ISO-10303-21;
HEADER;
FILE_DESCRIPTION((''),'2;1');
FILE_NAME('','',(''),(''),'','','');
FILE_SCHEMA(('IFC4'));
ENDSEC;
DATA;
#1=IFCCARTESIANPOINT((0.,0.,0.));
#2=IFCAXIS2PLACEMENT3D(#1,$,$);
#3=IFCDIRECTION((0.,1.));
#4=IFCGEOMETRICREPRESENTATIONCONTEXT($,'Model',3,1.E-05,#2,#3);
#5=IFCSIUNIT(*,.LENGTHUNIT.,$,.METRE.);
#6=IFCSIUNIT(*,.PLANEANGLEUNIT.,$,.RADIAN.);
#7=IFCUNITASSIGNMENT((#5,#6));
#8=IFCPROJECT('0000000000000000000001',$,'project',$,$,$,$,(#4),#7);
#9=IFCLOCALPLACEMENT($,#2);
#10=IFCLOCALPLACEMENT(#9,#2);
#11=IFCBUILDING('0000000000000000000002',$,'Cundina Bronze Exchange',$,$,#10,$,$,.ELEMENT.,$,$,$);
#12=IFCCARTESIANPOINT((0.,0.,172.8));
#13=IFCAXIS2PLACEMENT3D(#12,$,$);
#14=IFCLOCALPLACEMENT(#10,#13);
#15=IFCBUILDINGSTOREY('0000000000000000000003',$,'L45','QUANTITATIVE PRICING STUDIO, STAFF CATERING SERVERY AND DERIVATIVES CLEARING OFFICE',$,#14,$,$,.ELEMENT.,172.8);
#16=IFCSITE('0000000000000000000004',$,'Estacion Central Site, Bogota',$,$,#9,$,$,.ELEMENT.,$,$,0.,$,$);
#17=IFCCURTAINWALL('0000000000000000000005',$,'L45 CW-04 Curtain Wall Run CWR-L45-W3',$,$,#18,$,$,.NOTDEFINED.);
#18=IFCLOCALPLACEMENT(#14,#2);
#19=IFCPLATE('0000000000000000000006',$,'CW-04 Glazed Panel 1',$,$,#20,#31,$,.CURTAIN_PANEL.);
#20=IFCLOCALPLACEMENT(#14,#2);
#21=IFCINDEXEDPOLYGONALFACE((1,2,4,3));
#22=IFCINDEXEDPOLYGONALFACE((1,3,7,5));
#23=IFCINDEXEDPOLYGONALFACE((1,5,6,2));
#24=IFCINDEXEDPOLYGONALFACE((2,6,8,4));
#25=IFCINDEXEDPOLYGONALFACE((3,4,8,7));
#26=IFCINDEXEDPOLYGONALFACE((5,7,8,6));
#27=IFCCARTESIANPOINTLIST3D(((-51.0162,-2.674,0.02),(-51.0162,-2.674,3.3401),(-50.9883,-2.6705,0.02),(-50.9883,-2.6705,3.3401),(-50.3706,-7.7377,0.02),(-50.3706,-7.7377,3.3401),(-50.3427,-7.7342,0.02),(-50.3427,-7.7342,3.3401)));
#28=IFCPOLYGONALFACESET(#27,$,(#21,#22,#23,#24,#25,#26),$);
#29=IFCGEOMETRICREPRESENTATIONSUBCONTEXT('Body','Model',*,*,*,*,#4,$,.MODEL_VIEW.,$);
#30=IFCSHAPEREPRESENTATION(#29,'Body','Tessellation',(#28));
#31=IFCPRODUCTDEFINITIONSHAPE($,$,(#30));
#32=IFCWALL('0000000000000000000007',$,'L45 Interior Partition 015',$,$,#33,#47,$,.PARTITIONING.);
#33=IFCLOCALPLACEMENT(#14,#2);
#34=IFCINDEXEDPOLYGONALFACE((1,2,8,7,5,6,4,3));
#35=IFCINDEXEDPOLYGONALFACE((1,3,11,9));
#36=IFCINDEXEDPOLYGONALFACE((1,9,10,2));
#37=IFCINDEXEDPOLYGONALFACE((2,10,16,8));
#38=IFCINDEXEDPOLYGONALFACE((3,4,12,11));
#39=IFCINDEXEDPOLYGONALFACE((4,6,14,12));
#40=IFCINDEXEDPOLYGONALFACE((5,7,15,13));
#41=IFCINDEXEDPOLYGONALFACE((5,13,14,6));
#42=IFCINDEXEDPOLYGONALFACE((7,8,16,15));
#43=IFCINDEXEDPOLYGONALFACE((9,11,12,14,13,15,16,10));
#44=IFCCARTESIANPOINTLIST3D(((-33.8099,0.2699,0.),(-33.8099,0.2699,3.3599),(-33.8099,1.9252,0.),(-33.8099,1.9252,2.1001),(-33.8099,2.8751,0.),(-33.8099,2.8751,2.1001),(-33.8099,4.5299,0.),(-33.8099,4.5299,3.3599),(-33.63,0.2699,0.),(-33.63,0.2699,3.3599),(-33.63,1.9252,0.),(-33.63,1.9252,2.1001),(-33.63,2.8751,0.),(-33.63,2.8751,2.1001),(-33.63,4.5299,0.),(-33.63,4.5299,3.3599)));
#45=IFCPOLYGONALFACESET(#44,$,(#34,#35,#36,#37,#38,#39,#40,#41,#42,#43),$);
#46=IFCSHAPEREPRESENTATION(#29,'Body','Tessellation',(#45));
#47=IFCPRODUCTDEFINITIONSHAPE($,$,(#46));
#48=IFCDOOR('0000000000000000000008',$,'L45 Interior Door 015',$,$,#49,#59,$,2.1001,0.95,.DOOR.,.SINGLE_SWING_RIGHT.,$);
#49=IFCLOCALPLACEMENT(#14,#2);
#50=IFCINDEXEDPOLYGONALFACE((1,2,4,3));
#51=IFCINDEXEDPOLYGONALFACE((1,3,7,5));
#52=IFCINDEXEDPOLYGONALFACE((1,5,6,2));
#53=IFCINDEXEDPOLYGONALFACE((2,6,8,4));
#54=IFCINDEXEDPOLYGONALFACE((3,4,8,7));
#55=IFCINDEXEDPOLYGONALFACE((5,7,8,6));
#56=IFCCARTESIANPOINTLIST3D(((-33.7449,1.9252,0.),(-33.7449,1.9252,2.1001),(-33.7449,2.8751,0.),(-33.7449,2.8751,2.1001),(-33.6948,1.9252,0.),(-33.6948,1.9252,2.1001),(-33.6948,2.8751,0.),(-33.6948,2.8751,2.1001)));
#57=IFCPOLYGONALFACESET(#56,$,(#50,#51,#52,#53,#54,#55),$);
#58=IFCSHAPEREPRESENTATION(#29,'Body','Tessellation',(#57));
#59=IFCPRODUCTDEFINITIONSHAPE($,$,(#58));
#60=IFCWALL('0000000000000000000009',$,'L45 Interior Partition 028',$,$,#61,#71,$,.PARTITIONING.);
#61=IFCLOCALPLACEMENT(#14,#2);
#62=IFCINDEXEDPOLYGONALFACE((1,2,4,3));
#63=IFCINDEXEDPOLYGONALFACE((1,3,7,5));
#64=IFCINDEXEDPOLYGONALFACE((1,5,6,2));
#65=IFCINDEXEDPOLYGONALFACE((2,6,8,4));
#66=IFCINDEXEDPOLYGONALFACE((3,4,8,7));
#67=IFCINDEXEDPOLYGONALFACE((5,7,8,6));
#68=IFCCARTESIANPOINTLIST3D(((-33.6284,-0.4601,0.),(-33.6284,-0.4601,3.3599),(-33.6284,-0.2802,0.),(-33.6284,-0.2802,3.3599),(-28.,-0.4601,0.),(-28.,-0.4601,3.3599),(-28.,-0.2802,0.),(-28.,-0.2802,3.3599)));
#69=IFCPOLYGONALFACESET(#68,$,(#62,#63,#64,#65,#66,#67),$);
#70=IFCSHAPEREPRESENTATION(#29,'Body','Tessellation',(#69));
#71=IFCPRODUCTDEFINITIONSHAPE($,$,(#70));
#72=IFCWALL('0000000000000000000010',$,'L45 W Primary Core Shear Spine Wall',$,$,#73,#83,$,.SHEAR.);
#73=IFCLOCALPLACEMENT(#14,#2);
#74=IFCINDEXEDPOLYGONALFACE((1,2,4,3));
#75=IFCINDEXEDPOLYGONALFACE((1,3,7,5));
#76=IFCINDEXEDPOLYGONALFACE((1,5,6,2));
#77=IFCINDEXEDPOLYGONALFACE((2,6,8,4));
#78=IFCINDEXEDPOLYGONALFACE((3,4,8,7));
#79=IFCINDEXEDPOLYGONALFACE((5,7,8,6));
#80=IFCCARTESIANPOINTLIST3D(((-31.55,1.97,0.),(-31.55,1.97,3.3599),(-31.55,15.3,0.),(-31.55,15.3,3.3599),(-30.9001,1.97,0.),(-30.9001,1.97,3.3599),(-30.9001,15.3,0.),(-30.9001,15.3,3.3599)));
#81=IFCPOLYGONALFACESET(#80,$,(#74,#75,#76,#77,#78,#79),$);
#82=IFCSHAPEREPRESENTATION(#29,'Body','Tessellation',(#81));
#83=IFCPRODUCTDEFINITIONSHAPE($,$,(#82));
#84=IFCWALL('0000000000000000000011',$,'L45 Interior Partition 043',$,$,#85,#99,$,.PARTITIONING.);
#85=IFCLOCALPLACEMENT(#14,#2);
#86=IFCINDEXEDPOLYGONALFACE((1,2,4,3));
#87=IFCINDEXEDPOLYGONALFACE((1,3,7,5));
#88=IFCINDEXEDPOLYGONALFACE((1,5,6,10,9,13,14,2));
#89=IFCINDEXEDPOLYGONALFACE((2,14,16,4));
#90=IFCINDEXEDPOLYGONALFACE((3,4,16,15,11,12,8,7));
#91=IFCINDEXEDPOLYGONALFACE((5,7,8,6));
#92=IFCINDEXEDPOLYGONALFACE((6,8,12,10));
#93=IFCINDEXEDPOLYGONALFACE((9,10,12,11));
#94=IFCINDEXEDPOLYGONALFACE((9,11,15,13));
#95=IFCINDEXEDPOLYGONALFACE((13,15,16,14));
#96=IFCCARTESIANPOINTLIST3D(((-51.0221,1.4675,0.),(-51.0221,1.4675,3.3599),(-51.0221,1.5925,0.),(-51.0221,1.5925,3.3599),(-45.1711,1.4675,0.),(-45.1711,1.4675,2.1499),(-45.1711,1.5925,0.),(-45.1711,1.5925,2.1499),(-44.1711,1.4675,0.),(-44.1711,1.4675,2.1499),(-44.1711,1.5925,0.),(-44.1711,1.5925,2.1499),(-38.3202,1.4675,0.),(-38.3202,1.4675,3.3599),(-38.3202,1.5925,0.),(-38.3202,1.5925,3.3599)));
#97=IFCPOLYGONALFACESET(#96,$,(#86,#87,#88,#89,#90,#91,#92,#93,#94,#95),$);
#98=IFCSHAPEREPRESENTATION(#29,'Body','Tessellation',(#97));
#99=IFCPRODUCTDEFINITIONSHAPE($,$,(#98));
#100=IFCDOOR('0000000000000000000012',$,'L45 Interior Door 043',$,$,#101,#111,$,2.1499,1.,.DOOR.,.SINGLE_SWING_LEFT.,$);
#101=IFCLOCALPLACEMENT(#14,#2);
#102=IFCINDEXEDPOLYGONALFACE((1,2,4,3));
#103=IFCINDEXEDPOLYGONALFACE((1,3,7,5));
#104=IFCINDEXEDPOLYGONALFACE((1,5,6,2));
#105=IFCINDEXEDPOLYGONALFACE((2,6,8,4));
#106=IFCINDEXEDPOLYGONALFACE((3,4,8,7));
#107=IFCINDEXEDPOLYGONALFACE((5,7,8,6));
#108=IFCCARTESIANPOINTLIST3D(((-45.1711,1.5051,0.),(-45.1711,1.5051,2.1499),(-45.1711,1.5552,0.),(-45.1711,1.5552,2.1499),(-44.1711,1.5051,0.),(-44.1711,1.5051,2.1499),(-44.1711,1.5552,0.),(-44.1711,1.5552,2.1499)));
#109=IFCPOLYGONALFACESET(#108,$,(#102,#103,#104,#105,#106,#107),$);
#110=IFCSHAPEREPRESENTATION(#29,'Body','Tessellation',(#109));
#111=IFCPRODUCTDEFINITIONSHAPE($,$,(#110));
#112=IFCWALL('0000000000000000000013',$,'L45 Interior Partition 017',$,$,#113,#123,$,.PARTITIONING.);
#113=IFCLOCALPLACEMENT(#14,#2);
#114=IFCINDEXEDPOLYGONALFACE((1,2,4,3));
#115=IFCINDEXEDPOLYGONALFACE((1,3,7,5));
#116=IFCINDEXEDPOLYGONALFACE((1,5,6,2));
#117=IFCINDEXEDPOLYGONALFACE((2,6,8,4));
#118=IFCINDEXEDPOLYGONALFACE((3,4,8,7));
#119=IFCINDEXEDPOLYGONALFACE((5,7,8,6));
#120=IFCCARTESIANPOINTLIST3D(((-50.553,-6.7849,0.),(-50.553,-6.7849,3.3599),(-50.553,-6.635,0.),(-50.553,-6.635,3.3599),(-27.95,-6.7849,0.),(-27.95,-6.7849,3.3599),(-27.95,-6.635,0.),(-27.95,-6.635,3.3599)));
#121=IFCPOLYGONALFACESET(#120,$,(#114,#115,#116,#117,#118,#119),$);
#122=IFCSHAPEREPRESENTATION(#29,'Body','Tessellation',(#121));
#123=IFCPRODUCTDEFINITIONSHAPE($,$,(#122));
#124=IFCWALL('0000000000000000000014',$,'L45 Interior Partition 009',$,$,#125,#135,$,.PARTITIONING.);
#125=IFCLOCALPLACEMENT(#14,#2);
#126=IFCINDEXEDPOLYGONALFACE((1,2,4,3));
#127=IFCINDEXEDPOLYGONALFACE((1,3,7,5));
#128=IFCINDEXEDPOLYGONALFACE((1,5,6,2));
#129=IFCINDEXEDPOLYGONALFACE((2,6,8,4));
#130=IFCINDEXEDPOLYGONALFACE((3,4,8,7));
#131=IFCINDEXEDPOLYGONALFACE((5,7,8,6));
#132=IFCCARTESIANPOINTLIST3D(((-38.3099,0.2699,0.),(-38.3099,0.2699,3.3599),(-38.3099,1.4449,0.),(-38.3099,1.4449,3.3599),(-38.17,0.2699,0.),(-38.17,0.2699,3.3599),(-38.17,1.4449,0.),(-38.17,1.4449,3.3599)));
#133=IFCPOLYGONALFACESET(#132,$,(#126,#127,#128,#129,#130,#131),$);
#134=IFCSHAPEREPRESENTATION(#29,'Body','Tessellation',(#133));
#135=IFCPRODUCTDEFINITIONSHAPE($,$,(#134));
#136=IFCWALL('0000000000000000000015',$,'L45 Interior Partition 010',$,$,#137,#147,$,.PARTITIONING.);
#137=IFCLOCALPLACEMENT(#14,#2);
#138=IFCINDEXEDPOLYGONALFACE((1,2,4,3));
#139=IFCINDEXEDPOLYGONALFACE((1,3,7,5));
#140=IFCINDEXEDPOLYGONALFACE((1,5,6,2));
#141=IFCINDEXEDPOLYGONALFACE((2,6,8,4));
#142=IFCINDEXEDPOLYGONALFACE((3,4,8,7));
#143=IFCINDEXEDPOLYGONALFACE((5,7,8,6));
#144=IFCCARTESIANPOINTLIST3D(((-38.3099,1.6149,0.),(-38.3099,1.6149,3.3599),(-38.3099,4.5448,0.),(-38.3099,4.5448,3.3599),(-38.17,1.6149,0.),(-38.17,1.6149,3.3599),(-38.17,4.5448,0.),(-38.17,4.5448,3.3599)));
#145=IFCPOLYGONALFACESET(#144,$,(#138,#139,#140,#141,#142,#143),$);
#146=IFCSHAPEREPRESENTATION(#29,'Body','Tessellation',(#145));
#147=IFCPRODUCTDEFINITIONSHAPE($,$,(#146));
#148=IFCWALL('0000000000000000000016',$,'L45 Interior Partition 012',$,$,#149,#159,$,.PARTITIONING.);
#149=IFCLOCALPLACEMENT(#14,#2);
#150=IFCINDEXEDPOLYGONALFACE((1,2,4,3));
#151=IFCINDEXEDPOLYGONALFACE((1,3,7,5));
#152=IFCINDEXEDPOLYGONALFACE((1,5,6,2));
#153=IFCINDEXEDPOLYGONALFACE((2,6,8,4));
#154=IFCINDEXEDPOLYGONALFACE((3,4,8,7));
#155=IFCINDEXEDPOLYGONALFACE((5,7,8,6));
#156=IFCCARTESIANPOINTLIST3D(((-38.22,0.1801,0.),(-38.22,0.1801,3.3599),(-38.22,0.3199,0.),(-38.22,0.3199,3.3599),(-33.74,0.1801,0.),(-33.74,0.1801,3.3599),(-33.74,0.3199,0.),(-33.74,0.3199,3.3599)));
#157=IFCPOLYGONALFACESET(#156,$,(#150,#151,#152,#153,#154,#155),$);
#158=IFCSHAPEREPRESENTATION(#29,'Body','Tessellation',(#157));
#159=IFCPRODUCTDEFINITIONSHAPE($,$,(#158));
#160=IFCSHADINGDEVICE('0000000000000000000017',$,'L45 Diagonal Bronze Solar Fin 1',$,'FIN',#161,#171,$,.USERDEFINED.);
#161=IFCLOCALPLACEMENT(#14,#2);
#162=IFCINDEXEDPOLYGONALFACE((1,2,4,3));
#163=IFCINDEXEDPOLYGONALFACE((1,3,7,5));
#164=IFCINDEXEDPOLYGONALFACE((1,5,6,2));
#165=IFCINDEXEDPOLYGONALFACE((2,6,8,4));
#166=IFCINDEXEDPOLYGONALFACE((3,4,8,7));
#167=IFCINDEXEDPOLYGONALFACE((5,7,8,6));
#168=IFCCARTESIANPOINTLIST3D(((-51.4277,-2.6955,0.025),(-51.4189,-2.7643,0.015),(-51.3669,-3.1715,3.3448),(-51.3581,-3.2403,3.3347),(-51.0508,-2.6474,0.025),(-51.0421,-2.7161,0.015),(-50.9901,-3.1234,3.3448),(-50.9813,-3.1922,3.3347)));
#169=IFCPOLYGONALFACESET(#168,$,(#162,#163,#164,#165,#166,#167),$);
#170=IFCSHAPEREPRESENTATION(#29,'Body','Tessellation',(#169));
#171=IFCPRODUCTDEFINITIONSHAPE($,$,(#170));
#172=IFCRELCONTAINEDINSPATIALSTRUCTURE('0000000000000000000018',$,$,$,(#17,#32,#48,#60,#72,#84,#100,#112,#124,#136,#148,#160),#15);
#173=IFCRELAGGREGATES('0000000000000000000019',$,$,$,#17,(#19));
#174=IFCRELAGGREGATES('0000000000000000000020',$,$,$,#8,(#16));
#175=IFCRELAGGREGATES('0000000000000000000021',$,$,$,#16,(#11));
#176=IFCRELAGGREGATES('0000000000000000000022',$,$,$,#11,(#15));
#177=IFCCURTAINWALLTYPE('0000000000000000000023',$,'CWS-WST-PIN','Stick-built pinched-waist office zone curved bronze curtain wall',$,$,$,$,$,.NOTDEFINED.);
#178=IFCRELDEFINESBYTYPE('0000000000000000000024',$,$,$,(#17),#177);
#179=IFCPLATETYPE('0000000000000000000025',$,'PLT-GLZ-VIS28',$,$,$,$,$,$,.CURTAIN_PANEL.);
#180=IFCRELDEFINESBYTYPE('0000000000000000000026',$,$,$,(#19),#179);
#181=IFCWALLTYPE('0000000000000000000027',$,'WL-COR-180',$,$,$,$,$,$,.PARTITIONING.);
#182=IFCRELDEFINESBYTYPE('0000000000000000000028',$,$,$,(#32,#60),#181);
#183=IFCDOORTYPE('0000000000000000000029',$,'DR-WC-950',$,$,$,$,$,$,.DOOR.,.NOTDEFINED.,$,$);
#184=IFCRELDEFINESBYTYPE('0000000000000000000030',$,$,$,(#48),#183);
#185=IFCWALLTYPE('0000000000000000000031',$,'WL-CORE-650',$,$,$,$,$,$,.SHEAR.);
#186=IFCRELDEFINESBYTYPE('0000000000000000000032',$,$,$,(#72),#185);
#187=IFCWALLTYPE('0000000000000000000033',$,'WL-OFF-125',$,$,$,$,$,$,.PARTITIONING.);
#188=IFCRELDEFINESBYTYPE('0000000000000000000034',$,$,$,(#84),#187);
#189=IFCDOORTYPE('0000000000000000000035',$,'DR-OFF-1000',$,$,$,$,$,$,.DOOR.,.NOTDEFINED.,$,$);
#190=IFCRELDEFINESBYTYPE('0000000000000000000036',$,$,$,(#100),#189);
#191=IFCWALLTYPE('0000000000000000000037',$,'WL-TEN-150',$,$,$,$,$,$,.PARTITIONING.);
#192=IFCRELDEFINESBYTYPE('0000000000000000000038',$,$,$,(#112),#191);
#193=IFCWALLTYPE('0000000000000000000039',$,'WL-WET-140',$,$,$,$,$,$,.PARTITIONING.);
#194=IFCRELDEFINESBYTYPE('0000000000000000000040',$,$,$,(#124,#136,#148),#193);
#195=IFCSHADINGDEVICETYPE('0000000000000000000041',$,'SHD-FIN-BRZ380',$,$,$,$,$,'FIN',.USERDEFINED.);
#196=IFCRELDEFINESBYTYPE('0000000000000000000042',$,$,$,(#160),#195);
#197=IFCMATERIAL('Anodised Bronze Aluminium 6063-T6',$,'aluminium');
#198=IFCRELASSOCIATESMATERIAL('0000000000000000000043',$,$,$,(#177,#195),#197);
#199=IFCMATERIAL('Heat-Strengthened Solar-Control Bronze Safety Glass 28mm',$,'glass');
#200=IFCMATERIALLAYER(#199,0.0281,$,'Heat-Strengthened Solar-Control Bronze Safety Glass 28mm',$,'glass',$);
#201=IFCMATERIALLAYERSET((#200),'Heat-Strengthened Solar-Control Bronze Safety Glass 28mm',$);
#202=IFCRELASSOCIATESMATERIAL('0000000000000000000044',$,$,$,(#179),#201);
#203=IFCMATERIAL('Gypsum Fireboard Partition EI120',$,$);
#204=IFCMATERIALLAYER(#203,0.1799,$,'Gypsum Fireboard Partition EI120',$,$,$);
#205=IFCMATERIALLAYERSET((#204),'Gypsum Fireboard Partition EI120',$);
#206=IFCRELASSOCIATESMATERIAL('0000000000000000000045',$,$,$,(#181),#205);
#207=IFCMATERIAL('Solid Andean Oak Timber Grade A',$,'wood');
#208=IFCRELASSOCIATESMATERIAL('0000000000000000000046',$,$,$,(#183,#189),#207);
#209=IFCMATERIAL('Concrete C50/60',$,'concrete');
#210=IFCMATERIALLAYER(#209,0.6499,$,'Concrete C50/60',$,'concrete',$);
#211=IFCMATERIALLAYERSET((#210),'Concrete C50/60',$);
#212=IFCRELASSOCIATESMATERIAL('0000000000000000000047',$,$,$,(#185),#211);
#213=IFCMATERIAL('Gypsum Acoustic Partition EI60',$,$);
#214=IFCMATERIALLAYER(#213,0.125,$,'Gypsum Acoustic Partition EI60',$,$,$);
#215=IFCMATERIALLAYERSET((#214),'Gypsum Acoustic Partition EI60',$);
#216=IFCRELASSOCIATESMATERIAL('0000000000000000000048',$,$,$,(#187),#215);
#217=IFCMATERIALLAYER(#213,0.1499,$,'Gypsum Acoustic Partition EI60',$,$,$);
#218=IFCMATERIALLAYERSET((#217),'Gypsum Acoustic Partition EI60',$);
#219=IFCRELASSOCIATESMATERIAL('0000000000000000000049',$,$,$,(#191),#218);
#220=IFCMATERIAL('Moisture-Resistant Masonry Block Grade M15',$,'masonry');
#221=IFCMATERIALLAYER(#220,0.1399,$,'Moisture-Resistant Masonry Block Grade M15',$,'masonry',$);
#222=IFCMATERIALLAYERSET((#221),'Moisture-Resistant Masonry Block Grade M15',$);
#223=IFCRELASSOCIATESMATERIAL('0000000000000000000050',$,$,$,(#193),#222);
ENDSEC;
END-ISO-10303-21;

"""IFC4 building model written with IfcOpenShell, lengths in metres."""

from ifc_helpers import new_model, si_unit, direction, frame, frame_2d, origin, origin_2d, place, context, subcontext, project, spatial, rectangle, extrude, material, layer, layer_set, material_profile, profile_set, type_object, element, fill, aggregate, save


model = new_model("IFC4")

# Units and contexts
model_context = context("Model", 3, precision=1e-05, world=origin(), true_north=direction((0.0, 1.0)))
body_context = subcontext(model_context, "Body", "Model", "MODEL_VIEW")
ifc_project = project(units=[si_unit("LENGTHUNIT", "METRE"), si_unit("PLANEANGLEUNIT", "RADIAN")], contexts=[model_context])

# Site, building, storey
site_placement = place(None, origin())
site = spatial("IfcSite", under=ifc_project, at=site_placement, Name="Estacion Central Site, Bogota", CompositionType="ELEMENT", RefElevation=0.0)
building_placement = place(site_placement, origin())
building = spatial("IfcBuilding", under=site, at=building_placement, Name="Cundina Bronze Exchange", CompositionType="ELEMENT")
storey_placement = place(building_placement, frame((0.0, 0.0, 172.8)))
storey = spatial("IfcBuildingStorey", under=building, at=storey_placement, Name="L45", Description="QUANTITATIVE PRICING STUDIO, STAFF CATERING SERVERY AND DERIVATIVES CLEARING OFFICE", CompositionType="ELEMENT", Elevation=172.8)

# Shared definitions
ifc_material_1 = material(Name="Concrete C50/60", Category="concrete")

# Curtain wall
ifc_material_2 = material(Name="Anodised Bronze Aluminium 6063-T6", Category="aluminium")
curtain_wall_type = type_object("IfcCurtainWallType", Name="CWS-WST-PIN", Description="Stick-built pinched-waist office zone curved bronze curtain wall", PredefinedType="NOTDEFINED", material=ifc_material_2)
curtain_wall_1_placement = place(storey_placement, origin())
curtain_wall_1 = element("IfcCurtainWall", 1, at=curtain_wall_1_placement, inside=storey, type_object=curtain_wall_type, Name="L45 CW-04 Curtain Wall Run CWR-L45-W3", PredefinedType="NOTDEFINED")

# Plate
ifc_material_3 = material(Name="Heat-Strengthened Solar-Control Bronze Safety Glass 28mm", Category="glass")
ifc_layer_1 = layer(ifc_material_3, 0.0281, Name="Heat-Strengthened Solar-Control Bronze Safety Glass 28mm", Category="glass")
ifc_layer_set_1 = layer_set([ifc_layer_1], Name="Heat-Strengthened Solar-Control Bronze Safety Glass 28mm")
plate_type = type_object("IfcPlateType", Name="PLT-GLZ-VIS28", PredefinedType="CURTAIN_PANEL", material=ifc_layer_set_1)
plate_1_placement = place(storey_placement, frame((-50.6794, -5.2041, 0.02), z_axis=(0.0, 0.0, 1.0), x_axis=(0.126476, -0.99197, 0.0)))
plate_1 = element("IfcPlate", 2, at=plate_1_placement, type_object=plate_type, Name="CW-04 Glazed Panel 1", PredefinedType="CURTAIN_PANEL", context=body_context, shape_type="SweptSolid", body=[
    extrude(rectangle(XDim=5.1047, YDim=0.0281, at=origin_2d()), origin(), (0.0, 0.0, 1.0), 3.3201),
])
aggregate(curtain_wall_1, [plate_1])

# Wall, opening, door
ifc_material_4 = material(Name="Gypsum Fireboard Partition EI120")
ifc_layer_2 = layer(ifc_material_4, 0.1799, Name="Gypsum Fireboard Partition EI120")
ifc_layer_set_2 = layer_set([ifc_layer_2], Name="Gypsum Fireboard Partition EI120")
wall_type_1 = type_object("IfcWallType", Name="WL-COR-180", PredefinedType="PARTITIONING", material=ifc_layer_set_2)
wall_1_placement = place(storey_placement, frame((-33.72, 0.27, 0.0), z_axis=(0.0, 0.0, 1.0), x_axis=(0.0, 1.0, 0.0)))
wall_1 = element("IfcWall", 3, at=wall_1_placement, inside=storey, type_object=wall_type_1, Name="L45 Interior Partition 015", PredefinedType="PARTITIONING", context=body_context, shape_type="SweptSolid", body=[
    extrude(rectangle(XDim=4.26, YDim=0.1799, at=frame_2d((2.1299, 0.0))), origin(), (0.0, 0.0, 1.0), 3.3599),
])
opening_1_placement = place(wall_1_placement, frame((1.655, 0.0, 0.0)))
opening_1 = element("IfcOpeningElement", 4, at=opening_1_placement, cuts=wall_1, PredefinedType="OPENING", context=body_context, shape_type="SweptSolid", body=[
    extrude(rectangle(XDim=0.95, YDim=2.1001, at=frame_2d((0.4751, 1.05))), frame((0.0, 0.0999, 0.0), z_axis=(0.0, -1.0, 0.0), x_axis=(1.0, 0.0, 0.0)), (0.0, 0.0, 1.0), 0.2),
])
ifc_material_5 = material(Name="Solid Andean Oak Timber Grade A", Category="wood")
door_type_1 = type_object("IfcDoorType", Name="DR-WC-950", OperationType="NOTDEFINED", PredefinedType="DOOR", material=ifc_material_5)
door_1_placement = place(opening_1_placement, origin())
door_1 = element("IfcDoor", 5, at=door_1_placement, inside=storey, type_object=door_type_1, Name="L45 Interior Door 015", OperationType="SINGLE_SWING_RIGHT", OverallHeight=2.1001, OverallWidth=0.95, PredefinedType="DOOR", context=body_context, shape_type="SweptSolid", body=[
    extrude(rectangle(XDim=0.95, YDim=2.1001, at=frame_2d((0.4751, 1.05))), frame((0.0, 0.0249, 0.0), z_axis=(0.0, -1.0, 0.0), x_axis=(1.0, 0.0, 0.0)), (0.0, 0.0, 1.0), 0.05),
])
fill(opening_1, door_1)

# Walls
wall_2_placement = place(storey_placement, frame((-33.6284, -0.3701, 0.0), z_axis=(0.0, 0.0, 1.0), x_axis=(1.0, 0.0, 0.0)))
element("IfcWall", 6, at=wall_2_placement, inside=storey, type_object=wall_type_1, Name="L45 Interior Partition 028", PredefinedType="PARTITIONING", context=body_context, shape_type="SweptSolid", body=[
    extrude(rectangle(XDim=5.6284, YDim=0.1799, at=frame_2d((2.8142, 0.0))), origin(), (0.0, 0.0, 1.0), 3.3599),
])
ifc_layer_3 = layer(ifc_material_1, 0.6499, Name="Concrete C50/60", Category="concrete")
ifc_layer_set_3 = layer_set([ifc_layer_3], Name="Concrete C50/60")
wall_type_2 = type_object("IfcWallType", Name="WL-CORE-650", PredefinedType="SHEAR", material=ifc_layer_set_3)
wall_3_placement = place(storey_placement, frame((-31.2251, 1.97, 0.0), z_axis=(0.0, 0.0, 1.0), x_axis=(0.0, 1.0, 0.0)))
element("IfcWall", 7, at=wall_3_placement, inside=storey, type_object=wall_type_2, Name="L45 W Primary Core Shear Spine Wall", PredefinedType="SHEAR", context=body_context, shape_type="SweptSolid", body=[
    extrude(rectangle(XDim=13.3301, YDim=0.6499, at=frame_2d((6.665, 0.0))), origin(), (0.0, 0.0, 1.0), 3.3599),
])

# Wall, opening, door
ifc_material_6 = material(Name="Gypsum Acoustic Partition EI60")
ifc_layer_4 = layer(ifc_material_6, 0.125, Name="Gypsum Acoustic Partition EI60")
ifc_layer_set_4 = layer_set([ifc_layer_4], Name="Gypsum Acoustic Partition EI60")
wall_type_3 = type_object("IfcWallType", Name="WL-OFF-125", PredefinedType="PARTITIONING", material=ifc_layer_set_4)
wall_4_placement = place(storey_placement, frame((-38.3201, 1.53, 0.0), z_axis=(0.0, 0.0, 1.0), x_axis=(-1.0, 0.0, 0.0)))
wall_4 = element("IfcWall", 8, at=wall_4_placement, inside=storey, type_object=wall_type_3, Name="L45 Interior Partition 043", PredefinedType="PARTITIONING", context=body_context, shape_type="SweptSolid", body=[
    extrude(rectangle(XDim=12.7019, YDim=0.125, at=frame_2d((6.3511, 0.0))), origin(), (0.0, 0.0, 1.0), 3.3599),
])
opening_2_placement = place(wall_4_placement, frame((5.8511, 0.0, 0.0)))
opening_2 = element("IfcOpeningElement", 9, at=opening_2_placement, cuts=wall_4, PredefinedType="OPENING", context=body_context, shape_type="SweptSolid", body=[
    extrude(rectangle(XDim=1.0, YDim=2.1499, at=frame_2d((0.5, 1.075))), frame((0.0, 0.0725, 0.0), z_axis=(0.0, -1.0, 0.0), x_axis=(1.0, 0.0, 0.0)), (0.0, 0.0, 1.0), 0.145),
])
door_type_2 = type_object("IfcDoorType", Name="DR-OFF-1000", OperationType="NOTDEFINED", PredefinedType="DOOR", material=ifc_material_5)
door_2_placement = place(opening_2_placement, origin())
door_2 = element("IfcDoor", 10, at=door_2_placement, inside=storey, type_object=door_type_2, Name="L45 Interior Door 043", OperationType="SINGLE_SWING_LEFT", OverallHeight=2.1499, OverallWidth=1.0, PredefinedType="DOOR", context=body_context, shape_type="SweptSolid", body=[
    extrude(rectangle(XDim=1.0, YDim=2.1499, at=frame_2d((0.5, 1.075))), frame((0.0, 0.0249, 0.0), z_axis=(0.0, -1.0, 0.0), x_axis=(1.0, 0.0, 0.0)), (0.0, 0.0, 1.0), 0.05),
])
fill(opening_2, door_2)

# Walls
ifc_layer_5 = layer(ifc_material_6, 0.1499, Name="Gypsum Acoustic Partition EI60")
ifc_layer_set_5 = layer_set([ifc_layer_5], Name="Gypsum Acoustic Partition EI60")
wall_type_4 = type_object("IfcWallType", Name="WL-TEN-150", PredefinedType="PARTITIONING", material=ifc_layer_set_5)
wall_5_placement = place(storey_placement, frame((-50.553, -6.71, 0.0), z_axis=(0.0, 0.0, 1.0), x_axis=(1.0, 0.0, 0.0)))
element("IfcWall", 11, at=wall_5_placement, inside=storey, type_object=wall_type_4, Name="L45 Interior Partition 017", PredefinedType="PARTITIONING", context=body_context, shape_type="SweptSolid", body=[
    extrude(rectangle(XDim=22.603, YDim=0.1499, at=frame_2d((11.3015, 0.0))), origin(), (0.0, 0.0, 1.0), 3.3599),
])
ifc_material_7 = material(Name="Moisture-Resistant Masonry Block Grade M15", Category="masonry")
ifc_layer_6 = layer(ifc_material_7, 0.1399, Name="Moisture-Resistant Masonry Block Grade M15", Category="masonry")
ifc_layer_set_6 = layer_set([ifc_layer_6], Name="Moisture-Resistant Masonry Block Grade M15")
wall_type_5 = type_object("IfcWallType", Name="WL-WET-140", PredefinedType="PARTITIONING", material=ifc_layer_set_6)
wall_6_placement = place(storey_placement, frame((-38.24, 0.27, 0.0), z_axis=(0.0, 0.0, 1.0), x_axis=(0.0, 1.0, 0.0)))
element("IfcWall", 12, at=wall_6_placement, inside=storey, type_object=wall_type_5, Name="L45 Interior Partition 009", PredefinedType="PARTITIONING", context=body_context, shape_type="SweptSolid", body=[
    extrude(rectangle(XDim=1.175, YDim=0.1399, at=frame_2d((0.5874, 0.0))), origin(), (0.0, 0.0, 1.0), 3.3599),
])
wall_7_placement = place(storey_placement, frame((-38.24, 1.615, 0.0), z_axis=(0.0, 0.0, 1.0), x_axis=(0.0, 1.0, 0.0)))
element("IfcWall", 13, at=wall_7_placement, inside=storey, type_object=wall_type_5, Name="L45 Interior Partition 010", PredefinedType="PARTITIONING", context=body_context, shape_type="SweptSolid", body=[
    extrude(rectangle(XDim=2.9299, YDim=0.1399, at=frame_2d((1.4648, 0.0))), origin(), (0.0, 0.0, 1.0), 3.3599),
])
wall_8_placement = place(storey_placement, frame((-38.22, 0.25, 0.0), z_axis=(0.0, 0.0, 1.0), x_axis=(1.0, 0.0, 0.0)))
element("IfcWall", 14, at=wall_8_placement, inside=storey, type_object=wall_type_5, Name="L45 Interior Partition 012", PredefinedType="PARTITIONING", context=body_context, shape_type="SweptSolid", body=[
    extrude(rectangle(XDim=4.48, YDim=0.1399, at=frame_2d((2.24, 0.0))), origin(), (0.0, 0.0, 1.0), 3.3599),
])

# Shading device
ifc_material_profile_1 = material_profile(ifc_material_2, rectangle(XDim=0.0701, YDim=0.3799, at=origin_2d()), Name="FIN70X380", Category="aluminium")
ifc_profile_set_1 = profile_set([ifc_material_profile_1], Name="Anodised Bronze Aluminium 6063-T6")
shading_device_type = type_object("IfcShadingDeviceType", Name="SHD-FIN-BRZ380", ElementType="FIN", PredefinedType="USERDEFINED", material=ifc_profile_set_1)
shading_device_placement = place(storey_placement, frame((-51.2349, -2.7058, 0.02), z_axis=(0.018123, -0.141928, 0.989711), x_axis=(-0.125361, 0.98174, 0.14308)))
element("IfcShadingDevice", 15, at=shading_device_placement, inside=storey, type_object=shading_device_type, Name="L45 Diagonal Bronze Solar Fin 1", ObjectType="FIN", PredefinedType="USERDEFINED", context=body_context, shape_type="SweptSolid", body=[
    extrude(rectangle(XDim=0.0701, YDim=0.3799, at=origin_2d()), origin(), (0.0, 0.0, 1.0), 3.3542),
])

save(model, "model.ifc")
